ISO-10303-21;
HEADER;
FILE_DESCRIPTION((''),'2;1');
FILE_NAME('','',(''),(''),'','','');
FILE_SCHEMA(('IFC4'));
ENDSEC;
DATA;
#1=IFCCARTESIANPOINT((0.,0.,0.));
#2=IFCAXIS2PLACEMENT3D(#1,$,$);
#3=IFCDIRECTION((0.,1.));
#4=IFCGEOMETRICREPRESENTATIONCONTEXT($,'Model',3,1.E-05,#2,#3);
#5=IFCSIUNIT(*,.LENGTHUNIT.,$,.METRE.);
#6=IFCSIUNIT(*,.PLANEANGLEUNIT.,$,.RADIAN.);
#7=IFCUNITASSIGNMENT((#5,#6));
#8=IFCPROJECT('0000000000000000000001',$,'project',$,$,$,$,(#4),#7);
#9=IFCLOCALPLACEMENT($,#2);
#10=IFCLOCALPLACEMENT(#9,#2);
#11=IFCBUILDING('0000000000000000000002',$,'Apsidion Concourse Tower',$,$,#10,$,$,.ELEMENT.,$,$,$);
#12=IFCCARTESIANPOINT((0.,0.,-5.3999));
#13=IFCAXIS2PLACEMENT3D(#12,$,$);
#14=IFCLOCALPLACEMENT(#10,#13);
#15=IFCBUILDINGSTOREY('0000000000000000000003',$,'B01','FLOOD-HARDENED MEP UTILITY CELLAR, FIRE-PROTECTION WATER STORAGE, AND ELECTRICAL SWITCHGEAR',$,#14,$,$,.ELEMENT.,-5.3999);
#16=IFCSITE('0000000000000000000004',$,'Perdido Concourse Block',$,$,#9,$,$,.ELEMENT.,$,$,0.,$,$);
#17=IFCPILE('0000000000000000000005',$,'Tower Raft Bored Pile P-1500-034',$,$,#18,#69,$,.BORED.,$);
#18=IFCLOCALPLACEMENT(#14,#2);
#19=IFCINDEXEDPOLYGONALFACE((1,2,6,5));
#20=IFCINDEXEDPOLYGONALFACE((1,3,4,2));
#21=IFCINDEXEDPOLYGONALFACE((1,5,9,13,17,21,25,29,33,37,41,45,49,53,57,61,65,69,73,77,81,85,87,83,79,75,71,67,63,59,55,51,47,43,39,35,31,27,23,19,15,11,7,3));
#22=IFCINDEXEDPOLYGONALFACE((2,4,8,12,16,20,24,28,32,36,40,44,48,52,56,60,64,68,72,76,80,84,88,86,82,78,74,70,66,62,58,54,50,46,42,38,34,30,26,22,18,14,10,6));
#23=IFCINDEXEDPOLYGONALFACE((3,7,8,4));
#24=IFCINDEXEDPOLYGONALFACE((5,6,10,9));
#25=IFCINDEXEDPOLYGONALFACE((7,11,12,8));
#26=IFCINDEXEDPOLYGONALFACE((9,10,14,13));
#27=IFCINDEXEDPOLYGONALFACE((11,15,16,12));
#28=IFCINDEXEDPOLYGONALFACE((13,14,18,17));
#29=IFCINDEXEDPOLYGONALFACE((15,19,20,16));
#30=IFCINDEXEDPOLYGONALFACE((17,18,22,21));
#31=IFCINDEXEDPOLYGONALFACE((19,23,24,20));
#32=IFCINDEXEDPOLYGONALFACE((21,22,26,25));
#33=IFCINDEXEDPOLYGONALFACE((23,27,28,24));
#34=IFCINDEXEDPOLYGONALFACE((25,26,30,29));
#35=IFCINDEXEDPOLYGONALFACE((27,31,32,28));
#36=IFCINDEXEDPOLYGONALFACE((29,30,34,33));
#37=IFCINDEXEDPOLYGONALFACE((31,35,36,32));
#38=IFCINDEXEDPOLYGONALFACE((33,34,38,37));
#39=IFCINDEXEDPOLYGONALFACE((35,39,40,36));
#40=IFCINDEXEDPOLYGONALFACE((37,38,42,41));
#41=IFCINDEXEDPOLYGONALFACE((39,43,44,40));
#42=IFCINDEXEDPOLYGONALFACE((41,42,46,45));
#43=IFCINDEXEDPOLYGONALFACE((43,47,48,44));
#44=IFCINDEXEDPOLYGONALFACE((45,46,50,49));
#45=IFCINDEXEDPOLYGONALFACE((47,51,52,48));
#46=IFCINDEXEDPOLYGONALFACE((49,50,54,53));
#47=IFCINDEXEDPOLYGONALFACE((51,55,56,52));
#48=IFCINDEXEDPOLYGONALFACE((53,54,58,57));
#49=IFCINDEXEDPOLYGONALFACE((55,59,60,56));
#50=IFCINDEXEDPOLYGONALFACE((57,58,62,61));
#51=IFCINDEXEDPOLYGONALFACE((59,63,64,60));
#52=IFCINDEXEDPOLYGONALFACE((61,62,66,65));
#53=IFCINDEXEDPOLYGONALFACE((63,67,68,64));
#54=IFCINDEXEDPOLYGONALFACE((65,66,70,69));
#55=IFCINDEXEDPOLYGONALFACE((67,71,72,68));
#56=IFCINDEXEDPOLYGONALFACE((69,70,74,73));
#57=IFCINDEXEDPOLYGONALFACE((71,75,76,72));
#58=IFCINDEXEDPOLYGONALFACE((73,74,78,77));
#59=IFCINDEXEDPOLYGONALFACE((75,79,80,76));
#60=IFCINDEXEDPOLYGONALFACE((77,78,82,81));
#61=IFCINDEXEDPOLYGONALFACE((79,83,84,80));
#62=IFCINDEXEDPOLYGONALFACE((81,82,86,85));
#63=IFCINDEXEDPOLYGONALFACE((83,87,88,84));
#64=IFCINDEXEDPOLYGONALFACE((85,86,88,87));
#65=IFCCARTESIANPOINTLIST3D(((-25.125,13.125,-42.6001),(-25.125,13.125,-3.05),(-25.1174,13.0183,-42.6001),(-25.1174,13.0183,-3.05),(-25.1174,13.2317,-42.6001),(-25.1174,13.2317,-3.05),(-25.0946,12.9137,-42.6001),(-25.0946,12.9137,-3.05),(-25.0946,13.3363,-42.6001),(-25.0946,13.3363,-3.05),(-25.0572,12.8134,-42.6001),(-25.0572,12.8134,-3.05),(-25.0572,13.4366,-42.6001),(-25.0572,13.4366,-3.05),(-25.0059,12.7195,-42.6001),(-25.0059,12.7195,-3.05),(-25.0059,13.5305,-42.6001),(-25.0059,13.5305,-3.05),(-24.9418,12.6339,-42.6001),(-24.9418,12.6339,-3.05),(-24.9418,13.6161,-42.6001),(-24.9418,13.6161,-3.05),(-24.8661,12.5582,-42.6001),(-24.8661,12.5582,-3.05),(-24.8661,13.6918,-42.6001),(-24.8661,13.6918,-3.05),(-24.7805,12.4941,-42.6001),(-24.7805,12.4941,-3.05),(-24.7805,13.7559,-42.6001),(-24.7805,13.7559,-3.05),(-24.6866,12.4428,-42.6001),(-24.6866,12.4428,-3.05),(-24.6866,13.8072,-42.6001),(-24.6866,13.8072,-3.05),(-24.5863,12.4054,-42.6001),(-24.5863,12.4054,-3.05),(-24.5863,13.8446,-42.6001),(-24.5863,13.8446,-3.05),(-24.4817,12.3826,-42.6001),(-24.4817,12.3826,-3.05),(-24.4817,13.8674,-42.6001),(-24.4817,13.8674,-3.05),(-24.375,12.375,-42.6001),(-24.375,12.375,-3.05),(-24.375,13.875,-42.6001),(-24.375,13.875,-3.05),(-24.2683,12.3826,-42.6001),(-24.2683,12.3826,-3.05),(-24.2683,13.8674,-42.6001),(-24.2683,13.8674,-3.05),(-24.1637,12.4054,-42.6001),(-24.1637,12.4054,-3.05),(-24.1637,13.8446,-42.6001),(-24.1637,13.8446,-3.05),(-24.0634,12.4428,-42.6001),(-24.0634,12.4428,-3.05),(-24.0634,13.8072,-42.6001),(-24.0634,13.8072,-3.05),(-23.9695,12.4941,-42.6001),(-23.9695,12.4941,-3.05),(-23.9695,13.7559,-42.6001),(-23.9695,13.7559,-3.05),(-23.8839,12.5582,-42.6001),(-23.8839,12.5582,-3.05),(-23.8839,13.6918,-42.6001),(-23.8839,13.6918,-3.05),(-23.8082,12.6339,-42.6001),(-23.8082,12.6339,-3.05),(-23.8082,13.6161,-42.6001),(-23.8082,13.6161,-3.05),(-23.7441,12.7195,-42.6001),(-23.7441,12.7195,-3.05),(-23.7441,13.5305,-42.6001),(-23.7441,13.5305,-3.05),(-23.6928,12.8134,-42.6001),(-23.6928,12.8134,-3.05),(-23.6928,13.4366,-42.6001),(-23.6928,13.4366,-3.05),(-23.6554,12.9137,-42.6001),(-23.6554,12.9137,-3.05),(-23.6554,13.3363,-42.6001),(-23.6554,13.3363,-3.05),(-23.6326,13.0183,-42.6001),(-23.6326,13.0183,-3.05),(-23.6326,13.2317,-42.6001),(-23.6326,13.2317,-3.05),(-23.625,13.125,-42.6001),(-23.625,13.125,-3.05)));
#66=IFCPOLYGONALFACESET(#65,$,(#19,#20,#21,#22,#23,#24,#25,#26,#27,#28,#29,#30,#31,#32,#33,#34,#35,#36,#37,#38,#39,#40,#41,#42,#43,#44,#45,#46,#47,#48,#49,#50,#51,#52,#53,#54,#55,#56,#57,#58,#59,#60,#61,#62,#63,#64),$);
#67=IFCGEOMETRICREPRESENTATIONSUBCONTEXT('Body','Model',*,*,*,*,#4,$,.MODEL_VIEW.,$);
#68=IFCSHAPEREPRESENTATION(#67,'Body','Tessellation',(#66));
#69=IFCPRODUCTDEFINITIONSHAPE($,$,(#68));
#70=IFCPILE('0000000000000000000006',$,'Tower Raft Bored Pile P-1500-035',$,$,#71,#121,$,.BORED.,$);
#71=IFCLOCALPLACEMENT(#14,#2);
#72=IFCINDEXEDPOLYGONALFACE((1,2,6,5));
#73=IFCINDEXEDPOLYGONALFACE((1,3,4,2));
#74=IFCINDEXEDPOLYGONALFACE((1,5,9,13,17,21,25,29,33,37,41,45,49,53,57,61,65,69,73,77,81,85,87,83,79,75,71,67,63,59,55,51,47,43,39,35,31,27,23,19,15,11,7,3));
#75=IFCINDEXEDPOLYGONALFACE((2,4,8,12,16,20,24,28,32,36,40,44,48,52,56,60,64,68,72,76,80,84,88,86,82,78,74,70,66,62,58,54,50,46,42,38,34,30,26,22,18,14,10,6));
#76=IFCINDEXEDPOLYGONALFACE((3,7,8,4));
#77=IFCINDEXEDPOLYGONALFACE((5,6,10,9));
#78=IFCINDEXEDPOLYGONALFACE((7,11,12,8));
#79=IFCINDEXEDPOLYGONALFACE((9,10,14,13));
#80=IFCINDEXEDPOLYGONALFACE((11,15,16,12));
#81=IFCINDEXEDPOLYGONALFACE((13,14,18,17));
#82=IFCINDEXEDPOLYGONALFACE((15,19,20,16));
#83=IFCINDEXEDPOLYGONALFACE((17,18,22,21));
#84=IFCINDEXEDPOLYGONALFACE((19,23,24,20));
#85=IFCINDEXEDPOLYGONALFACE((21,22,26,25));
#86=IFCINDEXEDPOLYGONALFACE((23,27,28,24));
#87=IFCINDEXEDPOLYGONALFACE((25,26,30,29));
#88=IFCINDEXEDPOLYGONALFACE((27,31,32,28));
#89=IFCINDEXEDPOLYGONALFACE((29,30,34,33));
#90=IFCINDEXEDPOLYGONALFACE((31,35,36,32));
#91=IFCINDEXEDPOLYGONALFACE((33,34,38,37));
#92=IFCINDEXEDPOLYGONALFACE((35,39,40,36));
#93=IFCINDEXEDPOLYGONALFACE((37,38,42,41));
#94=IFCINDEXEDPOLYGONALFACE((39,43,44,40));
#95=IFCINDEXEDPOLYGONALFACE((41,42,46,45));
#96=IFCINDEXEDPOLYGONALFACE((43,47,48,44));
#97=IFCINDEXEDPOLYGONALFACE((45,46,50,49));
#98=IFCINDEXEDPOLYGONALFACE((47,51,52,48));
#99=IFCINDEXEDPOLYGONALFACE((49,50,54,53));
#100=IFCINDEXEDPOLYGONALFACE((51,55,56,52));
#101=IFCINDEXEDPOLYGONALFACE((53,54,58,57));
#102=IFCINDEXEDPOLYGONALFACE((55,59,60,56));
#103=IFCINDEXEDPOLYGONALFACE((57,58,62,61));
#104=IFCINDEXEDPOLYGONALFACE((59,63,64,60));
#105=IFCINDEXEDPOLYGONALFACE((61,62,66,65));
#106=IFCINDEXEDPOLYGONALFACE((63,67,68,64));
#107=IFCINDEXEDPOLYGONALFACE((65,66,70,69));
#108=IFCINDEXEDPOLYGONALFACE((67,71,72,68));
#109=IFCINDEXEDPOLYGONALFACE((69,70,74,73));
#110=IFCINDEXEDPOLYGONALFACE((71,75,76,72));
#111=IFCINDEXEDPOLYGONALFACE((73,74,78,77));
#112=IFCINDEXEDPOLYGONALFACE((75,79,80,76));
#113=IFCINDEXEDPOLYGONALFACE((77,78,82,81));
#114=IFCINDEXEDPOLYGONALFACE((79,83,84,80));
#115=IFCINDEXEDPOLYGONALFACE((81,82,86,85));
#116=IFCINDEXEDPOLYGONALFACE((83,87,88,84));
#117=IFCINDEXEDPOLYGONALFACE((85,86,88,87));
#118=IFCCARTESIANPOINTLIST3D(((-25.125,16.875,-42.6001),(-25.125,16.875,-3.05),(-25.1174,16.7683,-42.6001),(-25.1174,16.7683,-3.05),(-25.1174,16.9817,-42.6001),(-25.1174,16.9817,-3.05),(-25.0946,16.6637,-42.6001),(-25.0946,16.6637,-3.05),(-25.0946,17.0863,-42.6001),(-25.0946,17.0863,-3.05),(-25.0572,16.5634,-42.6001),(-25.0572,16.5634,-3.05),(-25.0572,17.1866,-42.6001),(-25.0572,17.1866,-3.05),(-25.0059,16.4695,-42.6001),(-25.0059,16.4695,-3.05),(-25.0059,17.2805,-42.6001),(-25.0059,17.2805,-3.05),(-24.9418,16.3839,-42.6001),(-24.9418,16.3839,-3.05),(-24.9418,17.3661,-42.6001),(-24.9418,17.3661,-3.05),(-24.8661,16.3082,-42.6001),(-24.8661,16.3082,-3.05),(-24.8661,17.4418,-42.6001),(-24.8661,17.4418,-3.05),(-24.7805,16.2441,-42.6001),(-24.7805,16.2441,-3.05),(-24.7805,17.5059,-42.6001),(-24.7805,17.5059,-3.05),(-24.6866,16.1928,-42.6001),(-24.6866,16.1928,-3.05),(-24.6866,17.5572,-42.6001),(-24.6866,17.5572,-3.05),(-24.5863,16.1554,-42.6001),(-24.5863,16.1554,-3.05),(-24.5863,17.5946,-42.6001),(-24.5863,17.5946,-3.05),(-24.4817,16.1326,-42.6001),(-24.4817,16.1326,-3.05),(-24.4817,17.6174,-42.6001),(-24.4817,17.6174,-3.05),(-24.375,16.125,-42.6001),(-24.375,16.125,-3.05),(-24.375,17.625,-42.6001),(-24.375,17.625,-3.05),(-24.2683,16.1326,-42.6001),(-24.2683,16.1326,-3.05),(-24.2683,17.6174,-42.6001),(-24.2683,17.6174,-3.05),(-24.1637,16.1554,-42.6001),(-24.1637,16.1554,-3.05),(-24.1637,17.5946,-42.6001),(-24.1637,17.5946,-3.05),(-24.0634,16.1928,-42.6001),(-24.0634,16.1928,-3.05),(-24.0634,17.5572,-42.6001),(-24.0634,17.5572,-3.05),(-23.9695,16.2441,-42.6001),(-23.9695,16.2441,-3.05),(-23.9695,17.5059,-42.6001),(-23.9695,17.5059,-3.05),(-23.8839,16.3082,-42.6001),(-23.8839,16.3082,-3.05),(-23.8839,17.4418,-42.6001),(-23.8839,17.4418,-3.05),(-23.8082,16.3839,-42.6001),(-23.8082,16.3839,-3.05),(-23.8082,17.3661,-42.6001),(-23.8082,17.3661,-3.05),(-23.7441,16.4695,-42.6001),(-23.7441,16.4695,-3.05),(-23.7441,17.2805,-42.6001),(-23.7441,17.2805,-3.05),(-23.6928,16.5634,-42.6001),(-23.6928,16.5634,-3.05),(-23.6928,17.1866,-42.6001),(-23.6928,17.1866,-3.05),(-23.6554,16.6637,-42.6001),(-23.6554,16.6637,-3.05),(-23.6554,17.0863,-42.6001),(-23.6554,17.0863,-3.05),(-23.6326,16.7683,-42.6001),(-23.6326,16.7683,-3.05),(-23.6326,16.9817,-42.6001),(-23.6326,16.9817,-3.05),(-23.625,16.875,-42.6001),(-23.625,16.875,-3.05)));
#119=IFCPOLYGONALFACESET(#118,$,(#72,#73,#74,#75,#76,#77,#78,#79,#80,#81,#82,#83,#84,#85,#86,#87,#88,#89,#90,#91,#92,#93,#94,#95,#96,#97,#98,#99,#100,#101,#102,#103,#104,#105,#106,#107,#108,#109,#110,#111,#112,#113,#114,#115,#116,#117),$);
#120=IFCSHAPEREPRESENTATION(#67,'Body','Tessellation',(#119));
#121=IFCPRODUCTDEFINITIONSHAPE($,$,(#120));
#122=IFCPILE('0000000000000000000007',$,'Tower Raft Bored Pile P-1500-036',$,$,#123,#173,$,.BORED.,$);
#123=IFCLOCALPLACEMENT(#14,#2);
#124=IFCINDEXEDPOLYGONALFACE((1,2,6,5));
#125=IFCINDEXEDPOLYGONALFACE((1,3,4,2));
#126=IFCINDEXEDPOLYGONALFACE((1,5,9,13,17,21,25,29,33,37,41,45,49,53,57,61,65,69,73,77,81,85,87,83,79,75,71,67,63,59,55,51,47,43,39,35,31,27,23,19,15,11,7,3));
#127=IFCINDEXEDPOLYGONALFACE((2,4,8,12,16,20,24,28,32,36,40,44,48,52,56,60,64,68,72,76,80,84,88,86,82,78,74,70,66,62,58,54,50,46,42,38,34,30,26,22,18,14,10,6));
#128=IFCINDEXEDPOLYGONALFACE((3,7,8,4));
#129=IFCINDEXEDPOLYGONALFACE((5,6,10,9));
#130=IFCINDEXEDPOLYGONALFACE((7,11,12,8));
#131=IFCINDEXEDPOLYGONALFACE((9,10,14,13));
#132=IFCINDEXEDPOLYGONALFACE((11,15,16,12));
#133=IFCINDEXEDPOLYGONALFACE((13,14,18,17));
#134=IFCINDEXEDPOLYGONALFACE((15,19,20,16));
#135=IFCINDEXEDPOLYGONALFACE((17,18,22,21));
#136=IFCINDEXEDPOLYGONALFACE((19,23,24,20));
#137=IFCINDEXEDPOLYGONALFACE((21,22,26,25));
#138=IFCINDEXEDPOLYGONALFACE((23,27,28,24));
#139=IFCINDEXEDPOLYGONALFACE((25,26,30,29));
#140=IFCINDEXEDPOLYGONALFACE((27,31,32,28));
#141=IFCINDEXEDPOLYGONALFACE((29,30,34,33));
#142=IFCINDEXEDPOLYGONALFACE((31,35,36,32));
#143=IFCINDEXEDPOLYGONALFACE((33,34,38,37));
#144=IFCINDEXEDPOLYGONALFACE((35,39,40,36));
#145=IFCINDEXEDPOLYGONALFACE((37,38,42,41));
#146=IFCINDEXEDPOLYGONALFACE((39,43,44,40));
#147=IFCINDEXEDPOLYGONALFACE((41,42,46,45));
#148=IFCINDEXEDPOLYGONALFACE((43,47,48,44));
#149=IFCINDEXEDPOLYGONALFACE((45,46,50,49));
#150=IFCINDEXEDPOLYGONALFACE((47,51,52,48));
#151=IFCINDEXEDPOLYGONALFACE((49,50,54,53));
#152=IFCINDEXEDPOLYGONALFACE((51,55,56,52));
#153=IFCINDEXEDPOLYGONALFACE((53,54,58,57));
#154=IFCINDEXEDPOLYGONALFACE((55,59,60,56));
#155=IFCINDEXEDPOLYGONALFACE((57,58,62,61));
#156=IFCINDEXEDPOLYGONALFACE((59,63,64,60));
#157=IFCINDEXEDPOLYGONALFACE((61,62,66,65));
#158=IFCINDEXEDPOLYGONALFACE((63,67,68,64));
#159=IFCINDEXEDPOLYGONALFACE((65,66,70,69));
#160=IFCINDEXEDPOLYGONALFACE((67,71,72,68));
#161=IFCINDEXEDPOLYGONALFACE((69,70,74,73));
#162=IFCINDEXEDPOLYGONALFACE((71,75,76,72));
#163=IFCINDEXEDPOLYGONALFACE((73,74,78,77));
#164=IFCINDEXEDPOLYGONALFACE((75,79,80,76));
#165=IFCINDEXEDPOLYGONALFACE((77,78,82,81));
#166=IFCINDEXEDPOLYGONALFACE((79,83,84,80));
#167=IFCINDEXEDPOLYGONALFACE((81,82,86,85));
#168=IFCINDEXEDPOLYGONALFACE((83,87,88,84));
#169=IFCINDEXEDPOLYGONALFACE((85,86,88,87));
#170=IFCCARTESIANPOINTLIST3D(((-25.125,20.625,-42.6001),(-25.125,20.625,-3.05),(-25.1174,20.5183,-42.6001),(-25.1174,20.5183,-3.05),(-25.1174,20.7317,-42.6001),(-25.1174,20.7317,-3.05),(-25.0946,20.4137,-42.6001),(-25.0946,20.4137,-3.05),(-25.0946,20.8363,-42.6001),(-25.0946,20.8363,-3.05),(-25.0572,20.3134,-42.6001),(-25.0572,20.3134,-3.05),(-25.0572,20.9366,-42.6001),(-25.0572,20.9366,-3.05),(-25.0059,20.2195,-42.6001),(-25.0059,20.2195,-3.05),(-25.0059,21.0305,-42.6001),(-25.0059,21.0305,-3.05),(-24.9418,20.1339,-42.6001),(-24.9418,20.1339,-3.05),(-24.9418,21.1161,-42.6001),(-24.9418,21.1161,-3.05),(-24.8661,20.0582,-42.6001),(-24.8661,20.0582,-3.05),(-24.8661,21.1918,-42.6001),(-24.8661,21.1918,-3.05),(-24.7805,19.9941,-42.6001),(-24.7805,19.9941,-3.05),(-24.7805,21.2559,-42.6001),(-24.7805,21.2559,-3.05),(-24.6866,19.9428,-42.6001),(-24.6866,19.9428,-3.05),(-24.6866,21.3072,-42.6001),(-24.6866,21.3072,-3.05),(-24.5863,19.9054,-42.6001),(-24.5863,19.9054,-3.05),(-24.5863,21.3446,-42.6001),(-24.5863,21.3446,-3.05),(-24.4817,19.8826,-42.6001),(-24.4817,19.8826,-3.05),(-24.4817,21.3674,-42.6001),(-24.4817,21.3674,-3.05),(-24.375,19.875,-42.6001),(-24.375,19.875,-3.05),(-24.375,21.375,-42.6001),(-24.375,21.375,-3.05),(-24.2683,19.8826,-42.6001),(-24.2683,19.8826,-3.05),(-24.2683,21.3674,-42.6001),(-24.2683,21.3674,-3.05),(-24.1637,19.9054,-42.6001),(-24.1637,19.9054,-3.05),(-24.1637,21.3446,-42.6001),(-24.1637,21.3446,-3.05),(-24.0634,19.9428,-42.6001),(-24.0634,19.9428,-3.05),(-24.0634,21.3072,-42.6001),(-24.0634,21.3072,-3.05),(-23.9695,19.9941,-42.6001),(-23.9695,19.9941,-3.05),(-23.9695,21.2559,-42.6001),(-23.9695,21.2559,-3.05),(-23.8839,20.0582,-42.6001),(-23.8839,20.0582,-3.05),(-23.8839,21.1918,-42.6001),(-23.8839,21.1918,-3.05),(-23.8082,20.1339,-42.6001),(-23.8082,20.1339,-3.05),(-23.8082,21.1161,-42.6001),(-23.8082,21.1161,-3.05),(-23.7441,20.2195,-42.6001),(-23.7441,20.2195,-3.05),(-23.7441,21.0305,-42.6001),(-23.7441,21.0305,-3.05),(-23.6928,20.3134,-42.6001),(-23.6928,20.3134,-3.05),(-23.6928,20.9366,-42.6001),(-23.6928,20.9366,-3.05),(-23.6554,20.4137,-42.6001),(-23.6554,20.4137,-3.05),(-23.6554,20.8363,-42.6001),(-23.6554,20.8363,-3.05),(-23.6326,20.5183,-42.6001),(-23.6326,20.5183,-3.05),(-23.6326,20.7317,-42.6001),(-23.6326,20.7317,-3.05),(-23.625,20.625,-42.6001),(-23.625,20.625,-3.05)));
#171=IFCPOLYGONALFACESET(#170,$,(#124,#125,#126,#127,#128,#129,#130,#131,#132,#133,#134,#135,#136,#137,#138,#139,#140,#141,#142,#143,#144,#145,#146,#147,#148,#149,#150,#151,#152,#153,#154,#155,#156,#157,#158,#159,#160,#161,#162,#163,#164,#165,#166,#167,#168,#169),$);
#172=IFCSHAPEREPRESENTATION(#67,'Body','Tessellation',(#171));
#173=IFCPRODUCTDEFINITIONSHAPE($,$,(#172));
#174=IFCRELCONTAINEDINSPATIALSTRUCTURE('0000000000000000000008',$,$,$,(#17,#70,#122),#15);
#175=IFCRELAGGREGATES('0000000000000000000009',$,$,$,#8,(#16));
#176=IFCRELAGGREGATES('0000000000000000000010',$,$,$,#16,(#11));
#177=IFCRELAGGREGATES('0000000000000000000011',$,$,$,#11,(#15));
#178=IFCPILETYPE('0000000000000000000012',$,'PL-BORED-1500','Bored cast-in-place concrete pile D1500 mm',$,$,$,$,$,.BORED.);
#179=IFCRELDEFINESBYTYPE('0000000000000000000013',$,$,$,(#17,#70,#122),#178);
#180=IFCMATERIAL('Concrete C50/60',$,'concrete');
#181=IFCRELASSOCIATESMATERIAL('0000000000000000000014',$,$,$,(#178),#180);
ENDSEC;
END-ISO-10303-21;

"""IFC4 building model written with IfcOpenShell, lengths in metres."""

from ifc_helpers import new_model, si_unit, direction, frame, origin, origin_2d, place, context, subcontext, project, spatial, circle, extrude, material, material_profile, profile_set, type_object, element, save


model = new_model("IFC4")

# Units and contexts
model_context = context("Model", 3, precision=1e-05, world=origin(), true_north=direction((0.0, 1.0)))
body_context = subcontext(model_context, "Body", "Model", "MODEL_VIEW")
ifc_project = project(units=[si_unit("LENGTHUNIT", "METRE"), si_unit("PLANEANGLEUNIT", "RADIAN")], contexts=[model_context])

# Site, building, storey
site_placement = place(None, origin())
site = spatial("IfcSite", under=ifc_project, at=site_placement, Name="Perdido Concourse Block", CompositionType="ELEMENT", RefElevation=0.0)
building_placement = place(site_placement, origin())
building = spatial("IfcBuilding", under=site, at=building_placement, Name="Apsidion Concourse Tower", CompositionType="ELEMENT")
storey_placement = place(building_placement, frame((0.0, 0.0, -5.3999)))
storey = spatial("IfcBuildingStorey", under=building, at=storey_placement, Name="B01", Description="FLOOD-HARDENED MEP UTILITY CELLAR, FIRE-PROTECTION WATER STORAGE, AND ELECTRICAL SWITCHGEAR", CompositionType="ELEMENT", Elevation=-5.3999)

# Shared definitions
ifc_material_1 = material(Name="Concrete C50/60", Category="concrete")

# Piles
ifc_material_profile_1 = material_profile(ifc_material_1, circle(Radius=0.75, at=origin_2d()), Name="BORED PILE D1500")
ifc_profile_set_1 = profile_set([ifc_material_profile_1], Name="Concrete C50/60")
pile_type_1 = type_object("IfcPileType", Name="PL-BORED-1500", Description="Bored cast-in-place concrete pile D1500 mm", PredefinedType="BORED", material=ifc_profile_set_1)
for number, where, z_axis, x_axis, name in (
    (1, (-24.375, 13.125, -3.05), (0.0, 0.0, -1.0), (1.0, 0.0, 0.0), "Tower Raft Bored Pile P-1500-034"),
    (2, (-24.375, 16.875, -3.05), (0.0, 0.0, -1.0), (1.0, 0.0, 0.0), "Tower Raft Bored Pile P-1500-035"),
    (3, (-24.375, 20.625, -3.05), (0.0, 0.0, -1.0), (1.0, 0.0, 0.0), "Tower Raft Bored Pile P-1500-036"),
):
    element("IfcPile", number, at=place(storey_placement, frame(where, z_axis=z_axis, x_axis=x_axis)), inside=storey, type_object=pile_type_1, Name=name, PredefinedType="BORED", context=body_context, shape_type="SweptSolid", body=[
        extrude(circle(Radius=0.75, at=origin_2d()), origin(), (0.0, 0.0, 1.0), 39.55),
    ])

save(model, "model.ifc")
